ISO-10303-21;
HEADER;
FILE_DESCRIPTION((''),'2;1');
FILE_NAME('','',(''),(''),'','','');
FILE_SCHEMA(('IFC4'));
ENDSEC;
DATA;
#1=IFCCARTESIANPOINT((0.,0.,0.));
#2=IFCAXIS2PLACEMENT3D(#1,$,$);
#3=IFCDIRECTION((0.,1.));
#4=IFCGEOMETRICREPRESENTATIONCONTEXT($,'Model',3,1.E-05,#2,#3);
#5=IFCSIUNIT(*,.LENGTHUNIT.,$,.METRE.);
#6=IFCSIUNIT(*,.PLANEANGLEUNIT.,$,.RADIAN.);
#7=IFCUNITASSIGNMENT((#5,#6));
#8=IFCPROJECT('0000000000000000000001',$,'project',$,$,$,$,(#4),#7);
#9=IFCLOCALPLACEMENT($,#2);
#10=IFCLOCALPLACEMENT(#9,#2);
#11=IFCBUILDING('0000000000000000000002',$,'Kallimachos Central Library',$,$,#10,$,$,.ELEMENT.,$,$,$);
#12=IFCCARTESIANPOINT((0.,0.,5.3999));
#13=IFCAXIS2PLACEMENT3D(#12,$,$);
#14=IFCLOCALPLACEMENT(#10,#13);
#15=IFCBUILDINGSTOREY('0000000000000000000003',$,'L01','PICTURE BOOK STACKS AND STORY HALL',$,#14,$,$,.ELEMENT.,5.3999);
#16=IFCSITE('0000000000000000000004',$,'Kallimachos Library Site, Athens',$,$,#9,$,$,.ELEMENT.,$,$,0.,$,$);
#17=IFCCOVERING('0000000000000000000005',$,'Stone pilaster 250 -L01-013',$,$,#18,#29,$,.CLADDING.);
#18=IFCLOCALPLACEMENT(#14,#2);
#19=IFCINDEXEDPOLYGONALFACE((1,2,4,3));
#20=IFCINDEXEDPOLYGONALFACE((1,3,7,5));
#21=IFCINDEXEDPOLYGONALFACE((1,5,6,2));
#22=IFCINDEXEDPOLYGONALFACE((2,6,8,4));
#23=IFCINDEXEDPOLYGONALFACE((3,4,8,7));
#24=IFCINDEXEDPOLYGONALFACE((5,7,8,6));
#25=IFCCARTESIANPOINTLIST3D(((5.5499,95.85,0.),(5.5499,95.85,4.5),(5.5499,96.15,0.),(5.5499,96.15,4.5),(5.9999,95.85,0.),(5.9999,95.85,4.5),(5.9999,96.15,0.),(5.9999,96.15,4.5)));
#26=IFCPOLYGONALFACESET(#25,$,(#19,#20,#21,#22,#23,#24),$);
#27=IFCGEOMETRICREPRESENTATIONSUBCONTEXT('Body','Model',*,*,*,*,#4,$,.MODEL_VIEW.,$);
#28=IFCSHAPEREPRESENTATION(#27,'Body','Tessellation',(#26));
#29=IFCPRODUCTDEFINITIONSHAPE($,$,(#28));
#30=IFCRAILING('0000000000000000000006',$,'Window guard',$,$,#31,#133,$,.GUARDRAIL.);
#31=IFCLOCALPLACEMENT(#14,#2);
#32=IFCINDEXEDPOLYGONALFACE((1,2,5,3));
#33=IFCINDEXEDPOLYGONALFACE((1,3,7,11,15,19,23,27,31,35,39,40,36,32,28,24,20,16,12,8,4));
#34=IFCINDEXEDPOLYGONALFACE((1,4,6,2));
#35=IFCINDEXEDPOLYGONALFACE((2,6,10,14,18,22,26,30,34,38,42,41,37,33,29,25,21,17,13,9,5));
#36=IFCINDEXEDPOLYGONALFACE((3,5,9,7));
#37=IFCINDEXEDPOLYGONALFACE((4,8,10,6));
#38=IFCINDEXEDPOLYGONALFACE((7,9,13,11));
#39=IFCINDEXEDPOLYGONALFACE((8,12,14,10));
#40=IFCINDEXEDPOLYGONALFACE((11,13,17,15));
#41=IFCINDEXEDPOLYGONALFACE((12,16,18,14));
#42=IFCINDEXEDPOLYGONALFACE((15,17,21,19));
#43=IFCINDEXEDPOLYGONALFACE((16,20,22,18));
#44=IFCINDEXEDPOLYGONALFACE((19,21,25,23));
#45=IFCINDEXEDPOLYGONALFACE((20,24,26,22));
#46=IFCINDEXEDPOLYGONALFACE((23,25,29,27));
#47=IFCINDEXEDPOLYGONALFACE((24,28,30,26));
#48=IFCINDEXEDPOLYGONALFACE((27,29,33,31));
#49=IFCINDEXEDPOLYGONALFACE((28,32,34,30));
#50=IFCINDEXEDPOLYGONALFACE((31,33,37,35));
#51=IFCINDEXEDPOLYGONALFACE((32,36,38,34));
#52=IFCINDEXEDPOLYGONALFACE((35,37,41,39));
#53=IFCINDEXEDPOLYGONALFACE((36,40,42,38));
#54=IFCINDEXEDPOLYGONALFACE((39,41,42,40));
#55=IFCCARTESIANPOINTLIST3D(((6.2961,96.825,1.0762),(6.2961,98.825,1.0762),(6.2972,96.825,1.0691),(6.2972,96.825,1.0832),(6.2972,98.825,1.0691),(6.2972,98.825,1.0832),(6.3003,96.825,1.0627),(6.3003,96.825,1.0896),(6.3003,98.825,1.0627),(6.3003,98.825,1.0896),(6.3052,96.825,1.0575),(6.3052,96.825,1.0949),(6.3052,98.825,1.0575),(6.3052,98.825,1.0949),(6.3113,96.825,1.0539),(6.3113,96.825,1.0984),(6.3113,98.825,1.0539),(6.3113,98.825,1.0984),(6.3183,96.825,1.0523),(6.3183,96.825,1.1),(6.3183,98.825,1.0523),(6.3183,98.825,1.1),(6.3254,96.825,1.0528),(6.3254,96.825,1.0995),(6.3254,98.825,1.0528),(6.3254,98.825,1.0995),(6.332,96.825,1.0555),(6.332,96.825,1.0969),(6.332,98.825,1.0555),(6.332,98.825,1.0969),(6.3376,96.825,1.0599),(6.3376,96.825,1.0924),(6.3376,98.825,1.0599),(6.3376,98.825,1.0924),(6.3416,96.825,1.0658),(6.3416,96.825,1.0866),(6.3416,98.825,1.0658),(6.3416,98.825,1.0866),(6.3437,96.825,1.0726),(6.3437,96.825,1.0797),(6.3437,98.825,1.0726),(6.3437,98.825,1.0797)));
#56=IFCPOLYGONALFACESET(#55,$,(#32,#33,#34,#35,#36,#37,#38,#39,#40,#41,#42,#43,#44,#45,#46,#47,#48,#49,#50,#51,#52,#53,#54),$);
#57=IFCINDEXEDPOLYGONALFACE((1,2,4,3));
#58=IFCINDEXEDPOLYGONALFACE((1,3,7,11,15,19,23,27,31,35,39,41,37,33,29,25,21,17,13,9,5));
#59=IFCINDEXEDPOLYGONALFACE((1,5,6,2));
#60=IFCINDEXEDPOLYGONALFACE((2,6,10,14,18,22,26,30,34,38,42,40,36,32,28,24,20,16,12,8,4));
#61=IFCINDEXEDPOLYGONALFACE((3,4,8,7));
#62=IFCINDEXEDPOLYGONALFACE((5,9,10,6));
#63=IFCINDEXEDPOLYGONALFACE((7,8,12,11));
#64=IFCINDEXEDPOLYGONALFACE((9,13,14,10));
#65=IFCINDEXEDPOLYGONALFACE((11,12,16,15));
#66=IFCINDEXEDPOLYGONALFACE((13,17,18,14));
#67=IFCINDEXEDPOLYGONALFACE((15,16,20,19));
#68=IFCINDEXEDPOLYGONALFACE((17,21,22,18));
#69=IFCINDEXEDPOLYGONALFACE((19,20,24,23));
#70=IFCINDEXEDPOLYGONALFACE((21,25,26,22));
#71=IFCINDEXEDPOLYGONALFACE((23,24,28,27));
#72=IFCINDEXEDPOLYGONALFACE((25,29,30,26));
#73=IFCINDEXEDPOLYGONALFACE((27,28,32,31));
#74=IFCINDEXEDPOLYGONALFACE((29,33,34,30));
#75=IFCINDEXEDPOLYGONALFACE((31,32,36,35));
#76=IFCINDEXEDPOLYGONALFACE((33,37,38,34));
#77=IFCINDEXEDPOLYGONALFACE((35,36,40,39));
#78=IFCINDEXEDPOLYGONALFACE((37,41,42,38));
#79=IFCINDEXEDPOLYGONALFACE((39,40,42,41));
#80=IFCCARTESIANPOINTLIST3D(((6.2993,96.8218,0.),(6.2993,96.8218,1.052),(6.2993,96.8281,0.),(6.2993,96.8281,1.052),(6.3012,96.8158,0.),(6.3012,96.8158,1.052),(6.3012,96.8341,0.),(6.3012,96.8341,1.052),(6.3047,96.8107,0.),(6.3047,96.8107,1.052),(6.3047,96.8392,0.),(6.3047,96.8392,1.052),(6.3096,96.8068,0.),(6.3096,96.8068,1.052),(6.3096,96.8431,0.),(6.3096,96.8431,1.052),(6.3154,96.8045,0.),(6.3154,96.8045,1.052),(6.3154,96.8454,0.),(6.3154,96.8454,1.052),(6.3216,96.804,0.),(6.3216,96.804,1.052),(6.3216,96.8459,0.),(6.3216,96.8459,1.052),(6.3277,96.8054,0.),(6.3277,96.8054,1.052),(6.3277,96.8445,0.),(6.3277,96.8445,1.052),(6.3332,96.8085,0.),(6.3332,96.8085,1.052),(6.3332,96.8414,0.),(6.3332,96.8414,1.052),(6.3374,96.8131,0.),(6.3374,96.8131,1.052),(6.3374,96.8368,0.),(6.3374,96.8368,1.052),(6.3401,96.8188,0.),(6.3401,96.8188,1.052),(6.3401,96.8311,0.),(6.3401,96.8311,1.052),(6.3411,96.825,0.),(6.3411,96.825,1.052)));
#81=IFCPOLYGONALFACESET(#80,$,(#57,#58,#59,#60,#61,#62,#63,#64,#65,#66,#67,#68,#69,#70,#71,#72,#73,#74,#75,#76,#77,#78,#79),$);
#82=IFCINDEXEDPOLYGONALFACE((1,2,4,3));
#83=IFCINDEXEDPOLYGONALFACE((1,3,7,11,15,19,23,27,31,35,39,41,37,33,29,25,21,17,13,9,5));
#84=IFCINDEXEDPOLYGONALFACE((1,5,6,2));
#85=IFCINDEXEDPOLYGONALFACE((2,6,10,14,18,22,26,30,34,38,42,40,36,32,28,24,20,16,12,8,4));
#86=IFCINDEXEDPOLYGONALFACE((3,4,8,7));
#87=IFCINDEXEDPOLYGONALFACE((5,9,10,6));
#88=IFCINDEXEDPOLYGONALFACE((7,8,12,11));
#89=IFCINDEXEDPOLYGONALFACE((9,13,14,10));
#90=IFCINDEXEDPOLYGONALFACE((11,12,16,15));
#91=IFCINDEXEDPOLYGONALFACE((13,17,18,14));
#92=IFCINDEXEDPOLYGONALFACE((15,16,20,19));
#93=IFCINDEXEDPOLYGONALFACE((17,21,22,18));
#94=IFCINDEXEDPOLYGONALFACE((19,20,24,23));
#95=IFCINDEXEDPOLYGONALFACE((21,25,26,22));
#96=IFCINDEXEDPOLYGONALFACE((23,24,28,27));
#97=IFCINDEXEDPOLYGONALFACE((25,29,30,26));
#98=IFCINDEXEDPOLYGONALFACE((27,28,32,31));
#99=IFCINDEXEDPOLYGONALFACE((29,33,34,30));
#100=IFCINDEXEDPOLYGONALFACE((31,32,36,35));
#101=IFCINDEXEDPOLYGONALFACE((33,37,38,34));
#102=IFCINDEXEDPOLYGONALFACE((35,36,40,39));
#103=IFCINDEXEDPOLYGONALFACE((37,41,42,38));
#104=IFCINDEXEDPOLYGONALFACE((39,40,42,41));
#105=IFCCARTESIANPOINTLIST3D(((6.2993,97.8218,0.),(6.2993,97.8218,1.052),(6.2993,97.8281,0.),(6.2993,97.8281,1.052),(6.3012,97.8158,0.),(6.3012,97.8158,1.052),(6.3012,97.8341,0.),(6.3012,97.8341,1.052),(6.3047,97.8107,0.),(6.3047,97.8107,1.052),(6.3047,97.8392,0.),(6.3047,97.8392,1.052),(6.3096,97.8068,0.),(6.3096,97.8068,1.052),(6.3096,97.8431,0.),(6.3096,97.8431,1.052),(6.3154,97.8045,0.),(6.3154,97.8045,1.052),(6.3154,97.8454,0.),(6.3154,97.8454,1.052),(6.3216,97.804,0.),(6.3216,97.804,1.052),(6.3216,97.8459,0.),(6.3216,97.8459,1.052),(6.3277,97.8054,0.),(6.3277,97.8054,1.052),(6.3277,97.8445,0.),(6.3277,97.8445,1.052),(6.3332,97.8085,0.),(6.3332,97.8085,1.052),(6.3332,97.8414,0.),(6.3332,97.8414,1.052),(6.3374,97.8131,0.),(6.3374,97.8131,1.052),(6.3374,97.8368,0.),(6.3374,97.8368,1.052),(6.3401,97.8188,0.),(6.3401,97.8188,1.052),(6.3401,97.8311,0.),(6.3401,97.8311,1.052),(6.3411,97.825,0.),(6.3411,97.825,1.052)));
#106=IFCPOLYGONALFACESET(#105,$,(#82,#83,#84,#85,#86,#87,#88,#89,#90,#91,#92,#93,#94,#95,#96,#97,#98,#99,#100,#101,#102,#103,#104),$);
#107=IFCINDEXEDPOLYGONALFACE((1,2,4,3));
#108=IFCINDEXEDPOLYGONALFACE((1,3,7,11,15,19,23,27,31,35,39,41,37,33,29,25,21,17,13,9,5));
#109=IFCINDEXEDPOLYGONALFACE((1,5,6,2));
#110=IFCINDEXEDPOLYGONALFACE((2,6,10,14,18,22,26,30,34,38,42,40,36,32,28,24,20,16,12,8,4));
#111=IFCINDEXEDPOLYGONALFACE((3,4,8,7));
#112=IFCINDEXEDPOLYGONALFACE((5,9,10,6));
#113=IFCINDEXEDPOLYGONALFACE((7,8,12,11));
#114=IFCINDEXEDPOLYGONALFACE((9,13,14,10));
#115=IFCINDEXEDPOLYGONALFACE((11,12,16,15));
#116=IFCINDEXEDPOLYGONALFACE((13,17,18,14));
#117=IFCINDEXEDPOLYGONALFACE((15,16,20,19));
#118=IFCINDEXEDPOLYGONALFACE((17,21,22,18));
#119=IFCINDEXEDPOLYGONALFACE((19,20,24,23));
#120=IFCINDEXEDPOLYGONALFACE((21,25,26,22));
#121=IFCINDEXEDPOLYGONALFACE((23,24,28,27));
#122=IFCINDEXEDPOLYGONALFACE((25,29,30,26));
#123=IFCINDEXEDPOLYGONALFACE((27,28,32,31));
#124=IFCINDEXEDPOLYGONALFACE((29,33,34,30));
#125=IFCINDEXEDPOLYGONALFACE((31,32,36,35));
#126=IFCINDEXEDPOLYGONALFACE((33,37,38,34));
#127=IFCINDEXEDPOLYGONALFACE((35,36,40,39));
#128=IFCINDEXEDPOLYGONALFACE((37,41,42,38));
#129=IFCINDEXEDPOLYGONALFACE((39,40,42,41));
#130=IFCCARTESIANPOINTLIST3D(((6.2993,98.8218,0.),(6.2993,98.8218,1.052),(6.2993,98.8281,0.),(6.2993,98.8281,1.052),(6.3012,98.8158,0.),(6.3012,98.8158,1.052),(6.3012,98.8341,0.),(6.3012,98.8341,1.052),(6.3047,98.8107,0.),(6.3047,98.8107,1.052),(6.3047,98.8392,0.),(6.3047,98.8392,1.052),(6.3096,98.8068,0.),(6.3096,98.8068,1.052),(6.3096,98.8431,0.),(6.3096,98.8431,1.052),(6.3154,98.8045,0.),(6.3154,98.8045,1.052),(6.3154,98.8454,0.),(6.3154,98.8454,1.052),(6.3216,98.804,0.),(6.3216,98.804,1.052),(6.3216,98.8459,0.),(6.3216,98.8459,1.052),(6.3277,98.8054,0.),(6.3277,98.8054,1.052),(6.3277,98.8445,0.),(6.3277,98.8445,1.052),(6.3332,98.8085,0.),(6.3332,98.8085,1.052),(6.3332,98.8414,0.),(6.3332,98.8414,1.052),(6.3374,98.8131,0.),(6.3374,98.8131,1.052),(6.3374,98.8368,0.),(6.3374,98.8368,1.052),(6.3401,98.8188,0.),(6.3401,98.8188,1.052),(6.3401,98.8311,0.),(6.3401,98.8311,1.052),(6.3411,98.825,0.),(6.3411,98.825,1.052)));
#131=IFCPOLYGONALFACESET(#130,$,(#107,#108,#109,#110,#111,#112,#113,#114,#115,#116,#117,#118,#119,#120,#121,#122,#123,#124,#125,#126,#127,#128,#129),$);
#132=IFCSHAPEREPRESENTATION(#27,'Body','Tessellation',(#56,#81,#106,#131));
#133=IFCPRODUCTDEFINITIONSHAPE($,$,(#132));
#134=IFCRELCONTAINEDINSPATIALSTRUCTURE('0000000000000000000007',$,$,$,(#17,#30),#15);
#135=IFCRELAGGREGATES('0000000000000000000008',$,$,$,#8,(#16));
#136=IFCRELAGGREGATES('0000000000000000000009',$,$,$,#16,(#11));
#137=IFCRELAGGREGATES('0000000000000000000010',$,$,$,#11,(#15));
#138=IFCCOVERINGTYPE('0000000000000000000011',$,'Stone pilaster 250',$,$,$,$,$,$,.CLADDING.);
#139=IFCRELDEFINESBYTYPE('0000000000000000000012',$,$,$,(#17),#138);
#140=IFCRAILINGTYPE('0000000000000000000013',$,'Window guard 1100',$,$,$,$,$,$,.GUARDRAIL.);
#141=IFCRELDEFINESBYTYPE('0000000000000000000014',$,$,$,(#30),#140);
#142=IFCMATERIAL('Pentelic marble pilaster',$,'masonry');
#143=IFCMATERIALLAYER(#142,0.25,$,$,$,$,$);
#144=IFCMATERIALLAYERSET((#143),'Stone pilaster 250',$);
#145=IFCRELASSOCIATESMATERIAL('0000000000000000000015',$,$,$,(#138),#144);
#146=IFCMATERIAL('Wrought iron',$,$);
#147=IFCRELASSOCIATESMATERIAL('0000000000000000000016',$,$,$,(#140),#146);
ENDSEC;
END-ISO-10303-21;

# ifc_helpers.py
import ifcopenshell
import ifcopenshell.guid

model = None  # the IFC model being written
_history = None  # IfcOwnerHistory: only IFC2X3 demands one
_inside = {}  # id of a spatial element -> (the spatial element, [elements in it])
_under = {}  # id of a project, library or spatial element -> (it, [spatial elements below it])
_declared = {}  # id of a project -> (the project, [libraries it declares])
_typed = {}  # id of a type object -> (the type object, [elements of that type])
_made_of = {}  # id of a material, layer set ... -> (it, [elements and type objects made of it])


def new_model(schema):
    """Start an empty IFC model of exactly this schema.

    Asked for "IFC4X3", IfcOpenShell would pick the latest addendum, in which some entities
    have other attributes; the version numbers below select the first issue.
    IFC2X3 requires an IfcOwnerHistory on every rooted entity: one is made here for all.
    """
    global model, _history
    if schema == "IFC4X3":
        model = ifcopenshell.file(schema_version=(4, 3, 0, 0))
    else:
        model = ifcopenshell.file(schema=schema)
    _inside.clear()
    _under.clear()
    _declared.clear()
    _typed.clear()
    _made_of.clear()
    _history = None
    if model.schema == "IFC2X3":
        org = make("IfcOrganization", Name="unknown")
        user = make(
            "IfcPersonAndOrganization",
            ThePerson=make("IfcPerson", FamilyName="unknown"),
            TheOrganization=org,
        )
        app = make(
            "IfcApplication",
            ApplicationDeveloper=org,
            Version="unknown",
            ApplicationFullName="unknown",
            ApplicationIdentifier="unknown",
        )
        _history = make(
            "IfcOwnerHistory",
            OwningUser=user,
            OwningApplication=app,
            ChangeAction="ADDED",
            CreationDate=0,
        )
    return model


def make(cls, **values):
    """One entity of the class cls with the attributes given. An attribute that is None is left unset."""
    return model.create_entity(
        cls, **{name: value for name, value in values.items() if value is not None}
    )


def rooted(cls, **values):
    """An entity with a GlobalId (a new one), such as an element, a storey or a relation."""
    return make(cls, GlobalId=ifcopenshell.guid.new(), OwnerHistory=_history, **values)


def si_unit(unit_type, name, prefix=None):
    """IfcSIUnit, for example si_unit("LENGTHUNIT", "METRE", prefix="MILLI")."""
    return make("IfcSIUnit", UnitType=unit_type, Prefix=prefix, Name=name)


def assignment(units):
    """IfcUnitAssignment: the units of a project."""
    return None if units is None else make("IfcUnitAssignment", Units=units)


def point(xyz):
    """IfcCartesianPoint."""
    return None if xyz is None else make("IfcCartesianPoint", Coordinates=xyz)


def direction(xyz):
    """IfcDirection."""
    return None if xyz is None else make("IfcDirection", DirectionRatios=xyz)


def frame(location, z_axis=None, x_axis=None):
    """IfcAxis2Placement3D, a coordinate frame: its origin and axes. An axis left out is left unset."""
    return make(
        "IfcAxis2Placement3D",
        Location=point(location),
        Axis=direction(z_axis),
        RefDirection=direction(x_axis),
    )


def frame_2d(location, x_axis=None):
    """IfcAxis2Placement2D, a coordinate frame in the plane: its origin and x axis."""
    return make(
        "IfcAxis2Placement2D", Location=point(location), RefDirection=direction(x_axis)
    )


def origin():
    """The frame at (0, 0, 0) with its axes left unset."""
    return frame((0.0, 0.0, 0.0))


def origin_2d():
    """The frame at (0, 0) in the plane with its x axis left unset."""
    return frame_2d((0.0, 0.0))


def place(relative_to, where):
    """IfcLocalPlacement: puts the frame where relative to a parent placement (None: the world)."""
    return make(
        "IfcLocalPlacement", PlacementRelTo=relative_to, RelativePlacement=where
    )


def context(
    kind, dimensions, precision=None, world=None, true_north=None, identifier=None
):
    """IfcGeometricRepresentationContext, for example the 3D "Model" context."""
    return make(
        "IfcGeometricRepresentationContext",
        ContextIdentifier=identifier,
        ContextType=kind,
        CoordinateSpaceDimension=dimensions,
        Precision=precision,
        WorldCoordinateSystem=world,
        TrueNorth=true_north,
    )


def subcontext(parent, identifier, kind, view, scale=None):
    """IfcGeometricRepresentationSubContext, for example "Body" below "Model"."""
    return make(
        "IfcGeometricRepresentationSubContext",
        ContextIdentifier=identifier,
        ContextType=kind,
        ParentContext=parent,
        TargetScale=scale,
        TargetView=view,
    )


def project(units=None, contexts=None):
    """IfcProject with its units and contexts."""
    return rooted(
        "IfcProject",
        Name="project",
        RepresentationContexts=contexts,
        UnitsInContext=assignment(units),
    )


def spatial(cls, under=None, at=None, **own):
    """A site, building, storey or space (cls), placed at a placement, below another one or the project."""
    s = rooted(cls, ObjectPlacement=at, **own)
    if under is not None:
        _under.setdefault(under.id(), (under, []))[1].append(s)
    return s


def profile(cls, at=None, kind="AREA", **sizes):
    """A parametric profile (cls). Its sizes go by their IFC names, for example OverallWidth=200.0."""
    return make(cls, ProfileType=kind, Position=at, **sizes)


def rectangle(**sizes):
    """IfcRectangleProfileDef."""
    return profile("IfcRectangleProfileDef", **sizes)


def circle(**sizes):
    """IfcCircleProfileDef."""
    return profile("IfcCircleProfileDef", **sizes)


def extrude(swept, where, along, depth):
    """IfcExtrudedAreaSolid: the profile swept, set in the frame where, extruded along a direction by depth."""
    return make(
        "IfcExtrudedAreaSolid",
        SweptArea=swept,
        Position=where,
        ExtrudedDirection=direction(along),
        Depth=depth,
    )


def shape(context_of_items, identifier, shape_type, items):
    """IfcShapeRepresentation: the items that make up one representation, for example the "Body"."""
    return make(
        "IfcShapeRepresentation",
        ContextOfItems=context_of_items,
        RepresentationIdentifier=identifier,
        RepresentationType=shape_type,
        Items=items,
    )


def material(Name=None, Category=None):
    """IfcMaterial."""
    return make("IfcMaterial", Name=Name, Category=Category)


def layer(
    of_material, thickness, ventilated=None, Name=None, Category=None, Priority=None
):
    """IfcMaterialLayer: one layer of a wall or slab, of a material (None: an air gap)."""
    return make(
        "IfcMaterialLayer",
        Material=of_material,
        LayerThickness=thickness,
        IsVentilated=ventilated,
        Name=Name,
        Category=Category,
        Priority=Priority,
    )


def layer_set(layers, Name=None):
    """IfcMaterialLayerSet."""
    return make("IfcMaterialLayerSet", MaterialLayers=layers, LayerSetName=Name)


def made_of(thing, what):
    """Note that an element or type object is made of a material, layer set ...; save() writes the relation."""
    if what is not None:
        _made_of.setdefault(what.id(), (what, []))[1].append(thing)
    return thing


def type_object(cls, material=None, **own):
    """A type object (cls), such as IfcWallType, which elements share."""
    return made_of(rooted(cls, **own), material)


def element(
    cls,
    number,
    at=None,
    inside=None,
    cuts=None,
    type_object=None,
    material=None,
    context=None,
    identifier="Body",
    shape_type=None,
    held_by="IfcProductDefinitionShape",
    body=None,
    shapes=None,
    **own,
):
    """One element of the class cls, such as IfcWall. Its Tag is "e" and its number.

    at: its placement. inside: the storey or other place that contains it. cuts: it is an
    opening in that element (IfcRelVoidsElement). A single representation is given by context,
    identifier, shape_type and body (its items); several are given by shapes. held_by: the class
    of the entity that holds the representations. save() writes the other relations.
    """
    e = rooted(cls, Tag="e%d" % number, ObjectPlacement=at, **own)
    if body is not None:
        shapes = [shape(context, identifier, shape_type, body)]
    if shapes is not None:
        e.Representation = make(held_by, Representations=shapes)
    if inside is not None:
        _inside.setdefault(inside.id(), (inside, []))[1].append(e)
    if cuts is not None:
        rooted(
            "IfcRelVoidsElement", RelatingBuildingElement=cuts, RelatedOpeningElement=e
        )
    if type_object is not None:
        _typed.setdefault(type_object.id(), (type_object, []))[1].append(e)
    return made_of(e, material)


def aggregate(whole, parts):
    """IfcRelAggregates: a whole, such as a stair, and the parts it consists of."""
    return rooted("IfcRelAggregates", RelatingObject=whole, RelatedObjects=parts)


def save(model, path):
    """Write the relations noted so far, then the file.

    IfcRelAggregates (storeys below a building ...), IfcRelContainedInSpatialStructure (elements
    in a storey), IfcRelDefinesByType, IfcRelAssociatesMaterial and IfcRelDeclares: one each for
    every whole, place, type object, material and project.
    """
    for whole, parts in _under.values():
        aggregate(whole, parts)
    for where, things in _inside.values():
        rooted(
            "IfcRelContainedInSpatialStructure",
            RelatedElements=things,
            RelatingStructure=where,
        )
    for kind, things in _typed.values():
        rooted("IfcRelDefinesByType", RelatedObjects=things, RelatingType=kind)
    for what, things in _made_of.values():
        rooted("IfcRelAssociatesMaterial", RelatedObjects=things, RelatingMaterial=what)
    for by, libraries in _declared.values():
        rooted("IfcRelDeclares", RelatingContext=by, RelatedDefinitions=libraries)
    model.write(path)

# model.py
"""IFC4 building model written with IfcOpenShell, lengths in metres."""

from ifc_helpers import new_model, si_unit, direction, frame, origin, origin_2d, place, context, subcontext, project, spatial, rectangle, circle, extrude, material, layer, layer_set, type_object, element, save


model = new_model("IFC4")

# Units and contexts
model_context = context("Model", 3, precision=1e-05, world=origin(), true_north=direction((0.0, 1.0)))
body_context = subcontext(model_context, "Body", "Model", "MODEL_VIEW")
ifc_project = project(units=[si_unit("LENGTHUNIT", "METRE"), si_unit("PLANEANGLEUNIT", "RADIAN")], contexts=[model_context])

# Site, building, storey
site_placement = place(None, origin())
site = spatial("IfcSite", under=ifc_project, at=site_placement, Name="Kallimachos Library Site, Athens", CompositionType="ELEMENT", RefElevation=0.0)
building_placement = place(site_placement, origin())
building = spatial("IfcBuilding", under=site, at=building_placement, Name="Kallimachos Central Library", CompositionType="ELEMENT")
storey_placement = place(building_placement, frame((0.0, 0.0, 5.3999)))
storey = spatial("IfcBuildingStorey", under=building, at=storey_placement, Name="L01", Description="PICTURE BOOK STACKS AND STORY HALL", CompositionType="ELEMENT", Elevation=5.3999)

# Covering
ifc_material_1 = material(Name="Pentelic marble pilaster", Category="masonry")
ifc_layer_1 = layer(ifc_material_1, 0.25)
ifc_layer_set_1 = layer_set([ifc_layer_1], Name="Stone pilaster 250")
covering_type = type_object("IfcCoveringType", Name="Stone pilaster 250", PredefinedType="CLADDING", material=ifc_layer_set_1)
covering_placement = place(storey_placement, frame((5.7749, 96.0, 0.0), z_axis=(0.0, 0.0, 1.0), x_axis=(1.0, 0.0, 0.0)))
element("IfcCovering", 1, at=covering_placement, inside=storey, type_object=covering_type, Name="Stone pilaster 250 -L01-013", PredefinedType="CLADDING", context=body_context, shape_type="SweptSolid", body=[
    extrude(rectangle(XDim=0.45, YDim=0.3, at=origin_2d()), origin(), (0.0, 0.0, 1.0), 4.5),
])

# Railing
ifc_material_2 = material(Name="Wrought iron")
railing_type = type_object("IfcRailingType", Name="Window guard 1100", PredefinedType="GUARDRAIL", material=ifc_material_2)
railing_placement = place(storey_placement, frame((6.3201, 96.825, 0.0)))
element("IfcRailing", 2, at=railing_placement, inside=storey, type_object=railing_type, Name="Window guard", PredefinedType="GUARDRAIL", context=body_context, shape_type="SweptSolid", body=[
    extrude(circle(Radius=0.0239, at=origin_2d()), frame((0.0, 0.0, 1.0762), z_axis=(0.0, 1.0, 0.0), x_axis=(-1.0, 0.0, 0.0)), (0.0, 0.0, 1.0), 2.0),
    extrude(circle(Radius=0.021, at=origin_2d()), origin(), (0.0, 0.0, 1.0), 1.052),
    extrude(circle(Radius=0.021, at=origin_2d()), frame((0.0, 1.0, 0.0)), (0.0, 0.0, 1.0), 1.052),
    extrude(circle(Radius=0.021, at=origin_2d()), frame((0.0, 2.0, 0.0)), (0.0, 0.0, 1.0), 1.052),
])

save(model, "model.ifc")
